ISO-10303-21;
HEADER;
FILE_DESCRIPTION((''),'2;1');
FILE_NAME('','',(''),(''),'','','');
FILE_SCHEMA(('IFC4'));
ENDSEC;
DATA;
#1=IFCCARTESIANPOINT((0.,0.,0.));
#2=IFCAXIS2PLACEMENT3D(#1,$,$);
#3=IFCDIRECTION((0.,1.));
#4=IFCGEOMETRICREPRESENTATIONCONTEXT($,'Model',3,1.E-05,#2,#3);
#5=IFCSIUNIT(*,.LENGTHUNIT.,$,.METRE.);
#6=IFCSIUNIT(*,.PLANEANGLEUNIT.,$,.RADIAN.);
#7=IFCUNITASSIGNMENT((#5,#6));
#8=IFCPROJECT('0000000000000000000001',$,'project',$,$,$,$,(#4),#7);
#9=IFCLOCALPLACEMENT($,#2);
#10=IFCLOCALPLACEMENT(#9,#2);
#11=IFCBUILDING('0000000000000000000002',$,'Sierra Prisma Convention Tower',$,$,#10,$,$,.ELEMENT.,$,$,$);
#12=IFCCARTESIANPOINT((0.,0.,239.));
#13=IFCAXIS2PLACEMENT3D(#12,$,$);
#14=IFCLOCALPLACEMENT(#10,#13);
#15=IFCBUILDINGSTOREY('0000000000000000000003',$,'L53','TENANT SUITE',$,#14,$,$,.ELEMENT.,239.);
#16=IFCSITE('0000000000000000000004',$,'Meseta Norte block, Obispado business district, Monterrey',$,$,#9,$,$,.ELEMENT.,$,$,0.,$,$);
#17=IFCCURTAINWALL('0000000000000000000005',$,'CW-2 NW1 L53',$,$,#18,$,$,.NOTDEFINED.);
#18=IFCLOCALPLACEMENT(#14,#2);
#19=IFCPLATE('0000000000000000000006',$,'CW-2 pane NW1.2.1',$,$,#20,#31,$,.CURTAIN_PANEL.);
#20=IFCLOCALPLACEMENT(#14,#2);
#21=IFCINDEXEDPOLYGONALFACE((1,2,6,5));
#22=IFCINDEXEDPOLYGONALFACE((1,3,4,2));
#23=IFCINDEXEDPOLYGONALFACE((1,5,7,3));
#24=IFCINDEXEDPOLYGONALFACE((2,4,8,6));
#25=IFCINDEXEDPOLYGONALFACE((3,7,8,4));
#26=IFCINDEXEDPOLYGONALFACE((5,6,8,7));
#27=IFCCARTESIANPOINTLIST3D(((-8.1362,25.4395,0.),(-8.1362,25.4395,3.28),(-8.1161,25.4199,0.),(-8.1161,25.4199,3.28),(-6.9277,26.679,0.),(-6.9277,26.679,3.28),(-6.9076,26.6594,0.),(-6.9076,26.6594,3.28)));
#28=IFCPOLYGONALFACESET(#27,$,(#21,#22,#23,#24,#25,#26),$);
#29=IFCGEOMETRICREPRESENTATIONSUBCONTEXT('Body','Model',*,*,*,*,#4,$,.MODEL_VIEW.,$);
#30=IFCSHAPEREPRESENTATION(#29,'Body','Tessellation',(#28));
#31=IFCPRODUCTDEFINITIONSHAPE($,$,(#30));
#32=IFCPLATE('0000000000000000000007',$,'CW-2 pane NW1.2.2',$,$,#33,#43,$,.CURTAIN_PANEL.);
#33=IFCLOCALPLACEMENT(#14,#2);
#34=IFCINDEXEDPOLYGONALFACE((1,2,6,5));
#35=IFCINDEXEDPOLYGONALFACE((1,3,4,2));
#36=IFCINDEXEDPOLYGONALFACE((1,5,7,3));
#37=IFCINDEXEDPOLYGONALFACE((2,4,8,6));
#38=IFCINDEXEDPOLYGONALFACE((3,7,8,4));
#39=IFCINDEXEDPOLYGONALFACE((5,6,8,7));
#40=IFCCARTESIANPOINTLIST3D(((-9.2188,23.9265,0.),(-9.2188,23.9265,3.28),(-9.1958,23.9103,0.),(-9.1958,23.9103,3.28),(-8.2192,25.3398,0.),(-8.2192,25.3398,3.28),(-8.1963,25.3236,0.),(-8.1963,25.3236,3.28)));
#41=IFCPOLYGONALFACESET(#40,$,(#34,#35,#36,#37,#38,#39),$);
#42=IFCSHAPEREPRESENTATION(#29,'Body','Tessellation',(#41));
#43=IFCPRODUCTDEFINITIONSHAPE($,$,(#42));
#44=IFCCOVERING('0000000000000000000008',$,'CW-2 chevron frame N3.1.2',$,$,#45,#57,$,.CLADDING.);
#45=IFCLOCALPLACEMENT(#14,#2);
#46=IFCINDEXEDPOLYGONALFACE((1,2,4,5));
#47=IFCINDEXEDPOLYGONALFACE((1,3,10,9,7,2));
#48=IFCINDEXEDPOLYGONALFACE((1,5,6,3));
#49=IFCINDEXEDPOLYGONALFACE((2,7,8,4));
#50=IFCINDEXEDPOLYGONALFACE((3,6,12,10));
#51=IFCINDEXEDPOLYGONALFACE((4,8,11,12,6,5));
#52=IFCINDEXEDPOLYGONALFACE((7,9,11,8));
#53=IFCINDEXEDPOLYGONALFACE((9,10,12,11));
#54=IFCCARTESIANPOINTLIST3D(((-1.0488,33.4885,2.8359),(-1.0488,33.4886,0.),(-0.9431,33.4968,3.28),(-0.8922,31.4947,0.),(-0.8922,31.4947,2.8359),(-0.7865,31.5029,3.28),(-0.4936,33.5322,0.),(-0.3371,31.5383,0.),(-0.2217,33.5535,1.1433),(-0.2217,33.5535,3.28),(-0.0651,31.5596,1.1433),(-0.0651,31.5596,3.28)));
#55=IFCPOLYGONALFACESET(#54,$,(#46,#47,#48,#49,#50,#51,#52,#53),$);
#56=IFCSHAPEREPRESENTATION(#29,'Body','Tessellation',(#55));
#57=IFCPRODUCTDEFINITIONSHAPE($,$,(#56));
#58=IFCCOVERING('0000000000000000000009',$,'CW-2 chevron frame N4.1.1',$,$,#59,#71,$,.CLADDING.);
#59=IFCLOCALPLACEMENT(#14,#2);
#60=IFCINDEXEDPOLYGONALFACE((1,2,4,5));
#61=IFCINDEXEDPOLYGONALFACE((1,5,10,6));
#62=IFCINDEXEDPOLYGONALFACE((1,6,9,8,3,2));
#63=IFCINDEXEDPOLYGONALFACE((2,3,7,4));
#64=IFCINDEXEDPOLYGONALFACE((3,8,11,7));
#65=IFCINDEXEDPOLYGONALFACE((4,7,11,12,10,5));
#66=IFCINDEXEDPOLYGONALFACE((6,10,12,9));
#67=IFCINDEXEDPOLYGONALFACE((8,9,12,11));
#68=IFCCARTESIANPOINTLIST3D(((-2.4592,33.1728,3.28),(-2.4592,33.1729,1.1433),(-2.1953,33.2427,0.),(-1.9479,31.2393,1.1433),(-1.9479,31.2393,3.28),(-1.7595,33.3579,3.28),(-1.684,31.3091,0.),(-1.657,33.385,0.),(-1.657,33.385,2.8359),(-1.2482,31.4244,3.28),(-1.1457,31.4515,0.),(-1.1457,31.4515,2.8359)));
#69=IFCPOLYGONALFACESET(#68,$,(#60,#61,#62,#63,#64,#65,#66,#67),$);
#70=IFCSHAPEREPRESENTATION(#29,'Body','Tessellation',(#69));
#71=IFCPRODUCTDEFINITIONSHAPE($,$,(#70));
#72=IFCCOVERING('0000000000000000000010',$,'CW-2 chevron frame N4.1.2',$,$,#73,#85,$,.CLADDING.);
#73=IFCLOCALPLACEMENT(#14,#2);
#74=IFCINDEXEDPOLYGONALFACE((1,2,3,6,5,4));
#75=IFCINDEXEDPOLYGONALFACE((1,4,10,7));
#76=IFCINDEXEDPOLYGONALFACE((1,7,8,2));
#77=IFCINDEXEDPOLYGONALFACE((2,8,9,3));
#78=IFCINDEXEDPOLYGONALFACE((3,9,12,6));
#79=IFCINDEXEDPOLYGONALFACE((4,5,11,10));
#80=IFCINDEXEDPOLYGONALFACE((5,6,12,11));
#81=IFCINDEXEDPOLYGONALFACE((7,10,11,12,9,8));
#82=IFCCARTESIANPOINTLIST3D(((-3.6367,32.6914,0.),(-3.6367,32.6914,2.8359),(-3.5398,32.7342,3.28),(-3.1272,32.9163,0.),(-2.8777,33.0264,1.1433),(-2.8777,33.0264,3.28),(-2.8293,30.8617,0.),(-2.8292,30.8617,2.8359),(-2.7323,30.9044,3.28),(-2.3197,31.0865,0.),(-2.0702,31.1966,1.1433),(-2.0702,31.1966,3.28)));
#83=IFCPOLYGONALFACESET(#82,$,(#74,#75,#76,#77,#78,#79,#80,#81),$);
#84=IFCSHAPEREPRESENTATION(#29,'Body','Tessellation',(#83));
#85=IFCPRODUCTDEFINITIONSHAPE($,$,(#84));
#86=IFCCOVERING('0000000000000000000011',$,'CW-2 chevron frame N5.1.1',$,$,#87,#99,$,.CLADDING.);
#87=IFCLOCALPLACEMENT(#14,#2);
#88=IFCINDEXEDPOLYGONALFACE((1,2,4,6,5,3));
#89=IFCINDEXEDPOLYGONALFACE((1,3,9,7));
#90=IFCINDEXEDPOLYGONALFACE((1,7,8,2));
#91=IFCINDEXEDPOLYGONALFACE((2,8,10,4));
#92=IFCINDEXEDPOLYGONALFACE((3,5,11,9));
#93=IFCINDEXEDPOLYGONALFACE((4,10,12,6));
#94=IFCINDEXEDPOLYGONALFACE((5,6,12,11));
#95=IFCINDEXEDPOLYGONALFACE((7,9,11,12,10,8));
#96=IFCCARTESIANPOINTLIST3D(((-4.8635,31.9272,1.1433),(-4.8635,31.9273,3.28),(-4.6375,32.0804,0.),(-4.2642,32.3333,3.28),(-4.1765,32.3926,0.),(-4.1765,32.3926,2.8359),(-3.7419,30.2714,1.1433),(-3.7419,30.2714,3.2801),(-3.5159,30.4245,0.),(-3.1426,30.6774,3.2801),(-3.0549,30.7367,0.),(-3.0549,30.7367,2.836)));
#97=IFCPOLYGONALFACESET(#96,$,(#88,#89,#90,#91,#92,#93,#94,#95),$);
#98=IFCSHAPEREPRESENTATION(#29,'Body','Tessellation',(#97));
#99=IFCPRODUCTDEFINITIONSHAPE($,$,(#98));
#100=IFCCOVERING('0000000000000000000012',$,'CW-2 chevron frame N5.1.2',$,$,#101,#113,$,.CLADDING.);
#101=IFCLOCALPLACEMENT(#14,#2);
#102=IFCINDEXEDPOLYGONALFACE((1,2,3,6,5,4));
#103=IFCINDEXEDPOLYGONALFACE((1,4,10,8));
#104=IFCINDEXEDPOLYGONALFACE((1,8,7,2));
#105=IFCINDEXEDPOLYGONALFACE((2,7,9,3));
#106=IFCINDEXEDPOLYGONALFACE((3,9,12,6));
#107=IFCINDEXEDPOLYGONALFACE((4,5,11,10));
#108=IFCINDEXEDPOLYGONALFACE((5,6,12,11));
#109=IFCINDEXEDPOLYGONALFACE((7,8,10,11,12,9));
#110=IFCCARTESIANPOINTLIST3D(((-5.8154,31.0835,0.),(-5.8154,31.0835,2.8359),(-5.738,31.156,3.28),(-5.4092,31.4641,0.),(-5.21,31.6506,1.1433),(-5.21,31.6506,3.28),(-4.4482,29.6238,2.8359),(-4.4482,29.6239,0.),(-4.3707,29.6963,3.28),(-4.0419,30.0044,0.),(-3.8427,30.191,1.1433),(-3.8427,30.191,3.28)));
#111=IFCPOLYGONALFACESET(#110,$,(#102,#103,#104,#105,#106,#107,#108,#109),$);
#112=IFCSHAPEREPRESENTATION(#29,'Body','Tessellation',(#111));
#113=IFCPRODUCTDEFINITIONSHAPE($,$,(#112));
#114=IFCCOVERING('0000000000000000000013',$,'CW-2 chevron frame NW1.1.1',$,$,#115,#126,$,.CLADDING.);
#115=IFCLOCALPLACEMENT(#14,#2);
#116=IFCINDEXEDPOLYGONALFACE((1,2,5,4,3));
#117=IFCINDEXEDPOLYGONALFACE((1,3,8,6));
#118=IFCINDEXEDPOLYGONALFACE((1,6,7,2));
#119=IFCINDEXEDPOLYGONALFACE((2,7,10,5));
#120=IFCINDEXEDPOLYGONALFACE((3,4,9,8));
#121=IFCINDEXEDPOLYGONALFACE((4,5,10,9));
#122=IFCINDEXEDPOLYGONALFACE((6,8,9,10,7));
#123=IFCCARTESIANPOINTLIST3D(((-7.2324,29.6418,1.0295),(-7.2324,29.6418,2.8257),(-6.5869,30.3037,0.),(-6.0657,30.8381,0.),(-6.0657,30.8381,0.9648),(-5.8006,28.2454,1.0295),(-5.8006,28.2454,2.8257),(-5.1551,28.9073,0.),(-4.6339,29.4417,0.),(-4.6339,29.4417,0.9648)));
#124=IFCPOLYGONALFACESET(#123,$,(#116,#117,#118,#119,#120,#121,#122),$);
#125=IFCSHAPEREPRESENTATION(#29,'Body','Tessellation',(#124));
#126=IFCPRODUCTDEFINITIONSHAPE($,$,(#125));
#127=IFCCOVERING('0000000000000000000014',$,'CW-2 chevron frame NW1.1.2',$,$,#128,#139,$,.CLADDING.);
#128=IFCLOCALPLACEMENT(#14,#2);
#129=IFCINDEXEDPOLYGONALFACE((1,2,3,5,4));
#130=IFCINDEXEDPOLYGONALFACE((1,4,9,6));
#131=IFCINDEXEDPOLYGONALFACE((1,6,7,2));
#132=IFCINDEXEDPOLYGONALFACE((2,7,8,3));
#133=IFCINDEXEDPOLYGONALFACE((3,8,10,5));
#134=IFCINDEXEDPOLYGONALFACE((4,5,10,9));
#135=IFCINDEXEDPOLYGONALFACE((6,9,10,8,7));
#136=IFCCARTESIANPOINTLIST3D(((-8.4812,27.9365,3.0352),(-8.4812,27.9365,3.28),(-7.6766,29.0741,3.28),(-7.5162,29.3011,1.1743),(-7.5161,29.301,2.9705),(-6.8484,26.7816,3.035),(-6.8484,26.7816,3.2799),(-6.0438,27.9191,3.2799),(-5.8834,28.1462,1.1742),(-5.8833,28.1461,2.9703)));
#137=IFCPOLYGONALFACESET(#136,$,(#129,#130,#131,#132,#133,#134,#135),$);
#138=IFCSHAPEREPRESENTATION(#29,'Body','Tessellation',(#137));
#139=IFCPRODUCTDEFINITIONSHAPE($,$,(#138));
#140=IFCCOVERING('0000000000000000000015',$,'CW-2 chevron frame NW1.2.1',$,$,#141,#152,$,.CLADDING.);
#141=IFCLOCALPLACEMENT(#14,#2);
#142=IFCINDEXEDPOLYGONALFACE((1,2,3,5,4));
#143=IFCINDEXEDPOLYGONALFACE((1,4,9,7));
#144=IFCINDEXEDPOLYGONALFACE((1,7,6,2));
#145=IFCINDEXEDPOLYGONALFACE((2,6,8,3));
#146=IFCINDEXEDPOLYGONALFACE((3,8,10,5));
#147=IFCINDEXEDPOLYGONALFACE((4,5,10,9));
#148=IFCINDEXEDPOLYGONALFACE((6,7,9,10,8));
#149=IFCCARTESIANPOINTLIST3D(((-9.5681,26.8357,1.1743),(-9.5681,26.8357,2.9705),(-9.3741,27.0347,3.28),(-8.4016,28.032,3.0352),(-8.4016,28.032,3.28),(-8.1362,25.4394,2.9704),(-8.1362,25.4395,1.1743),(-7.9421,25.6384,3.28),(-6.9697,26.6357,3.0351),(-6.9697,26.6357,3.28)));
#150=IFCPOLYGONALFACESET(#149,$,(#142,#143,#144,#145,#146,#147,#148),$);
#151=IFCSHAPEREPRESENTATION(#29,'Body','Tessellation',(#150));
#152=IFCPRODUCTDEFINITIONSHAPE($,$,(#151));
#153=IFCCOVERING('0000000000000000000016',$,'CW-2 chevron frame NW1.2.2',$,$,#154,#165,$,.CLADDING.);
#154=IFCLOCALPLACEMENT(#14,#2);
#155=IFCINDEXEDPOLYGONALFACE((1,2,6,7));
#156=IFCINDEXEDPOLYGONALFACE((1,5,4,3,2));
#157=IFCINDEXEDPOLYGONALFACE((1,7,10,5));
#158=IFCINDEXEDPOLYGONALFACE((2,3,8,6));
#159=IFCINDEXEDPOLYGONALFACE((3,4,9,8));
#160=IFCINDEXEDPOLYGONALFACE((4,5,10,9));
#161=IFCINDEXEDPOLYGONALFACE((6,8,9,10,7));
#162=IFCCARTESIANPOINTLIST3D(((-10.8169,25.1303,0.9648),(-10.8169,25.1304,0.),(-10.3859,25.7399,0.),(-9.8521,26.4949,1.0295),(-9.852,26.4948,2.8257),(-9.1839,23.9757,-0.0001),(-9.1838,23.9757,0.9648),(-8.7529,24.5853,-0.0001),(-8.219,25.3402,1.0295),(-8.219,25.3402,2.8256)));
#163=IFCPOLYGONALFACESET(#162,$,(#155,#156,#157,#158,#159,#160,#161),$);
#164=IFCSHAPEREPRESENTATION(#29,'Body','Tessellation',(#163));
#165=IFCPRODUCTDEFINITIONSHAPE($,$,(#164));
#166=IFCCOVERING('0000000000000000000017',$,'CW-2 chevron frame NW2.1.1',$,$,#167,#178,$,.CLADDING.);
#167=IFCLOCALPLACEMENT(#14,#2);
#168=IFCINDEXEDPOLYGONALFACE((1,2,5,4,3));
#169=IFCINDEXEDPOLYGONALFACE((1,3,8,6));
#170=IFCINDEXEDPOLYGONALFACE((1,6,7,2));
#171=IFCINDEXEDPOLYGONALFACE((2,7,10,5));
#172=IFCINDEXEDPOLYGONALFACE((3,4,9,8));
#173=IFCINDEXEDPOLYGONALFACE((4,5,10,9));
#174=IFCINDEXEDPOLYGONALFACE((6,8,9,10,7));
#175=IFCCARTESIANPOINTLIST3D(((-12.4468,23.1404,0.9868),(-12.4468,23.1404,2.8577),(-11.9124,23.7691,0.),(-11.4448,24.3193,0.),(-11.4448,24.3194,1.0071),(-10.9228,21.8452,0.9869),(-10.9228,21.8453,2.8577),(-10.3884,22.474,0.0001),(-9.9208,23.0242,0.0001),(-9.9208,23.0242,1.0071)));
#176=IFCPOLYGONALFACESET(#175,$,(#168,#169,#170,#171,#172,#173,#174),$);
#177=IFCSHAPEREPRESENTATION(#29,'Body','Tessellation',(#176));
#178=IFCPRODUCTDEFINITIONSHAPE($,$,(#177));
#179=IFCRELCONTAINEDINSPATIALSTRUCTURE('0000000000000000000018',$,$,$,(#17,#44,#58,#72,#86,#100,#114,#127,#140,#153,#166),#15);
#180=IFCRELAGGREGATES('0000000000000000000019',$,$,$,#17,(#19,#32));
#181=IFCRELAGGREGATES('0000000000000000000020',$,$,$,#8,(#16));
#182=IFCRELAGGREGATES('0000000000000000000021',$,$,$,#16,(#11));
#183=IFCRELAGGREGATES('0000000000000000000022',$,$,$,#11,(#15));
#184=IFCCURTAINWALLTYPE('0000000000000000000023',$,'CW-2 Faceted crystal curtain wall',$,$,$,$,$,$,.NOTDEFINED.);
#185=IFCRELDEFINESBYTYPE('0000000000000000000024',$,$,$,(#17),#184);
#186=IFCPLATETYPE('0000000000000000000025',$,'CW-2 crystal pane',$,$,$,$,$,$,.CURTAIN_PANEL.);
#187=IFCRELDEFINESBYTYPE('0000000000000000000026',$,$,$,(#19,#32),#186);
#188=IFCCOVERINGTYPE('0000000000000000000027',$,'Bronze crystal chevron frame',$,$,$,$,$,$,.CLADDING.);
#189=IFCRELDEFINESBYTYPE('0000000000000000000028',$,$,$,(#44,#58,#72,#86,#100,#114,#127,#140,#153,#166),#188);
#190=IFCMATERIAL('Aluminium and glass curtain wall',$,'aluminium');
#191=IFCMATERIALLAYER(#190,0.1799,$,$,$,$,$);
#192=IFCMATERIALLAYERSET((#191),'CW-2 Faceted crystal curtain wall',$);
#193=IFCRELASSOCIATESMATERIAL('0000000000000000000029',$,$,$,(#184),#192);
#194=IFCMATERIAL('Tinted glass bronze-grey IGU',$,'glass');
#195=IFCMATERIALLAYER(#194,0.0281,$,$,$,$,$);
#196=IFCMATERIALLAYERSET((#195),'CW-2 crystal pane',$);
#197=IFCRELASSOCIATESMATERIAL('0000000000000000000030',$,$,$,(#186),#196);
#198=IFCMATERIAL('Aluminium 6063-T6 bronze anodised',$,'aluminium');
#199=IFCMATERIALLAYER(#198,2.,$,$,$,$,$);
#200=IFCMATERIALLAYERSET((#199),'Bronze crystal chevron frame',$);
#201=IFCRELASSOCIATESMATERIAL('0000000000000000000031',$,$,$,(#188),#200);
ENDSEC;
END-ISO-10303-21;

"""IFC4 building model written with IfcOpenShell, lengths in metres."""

from ifc_helpers import new_model, si_unit, direction, frame, origin, place, context, subcontext, project, spatial, polyline, outline, extrude, material, layer, layer_set, type_object, element, aggregate, save


model = new_model("IFC4")

# Units and contexts
model_context = context("Model", 3, precision=1e-05, world=origin(), true_north=direction((0.0, 1.0)))
body_context = subcontext(model_context, "Body", "Model", "MODEL_VIEW")
ifc_project = project(units=[si_unit("LENGTHUNIT", "METRE"), si_unit("PLANEANGLEUNIT", "RADIAN")], contexts=[model_context])

# Site, building, storey
site_placement = place(None, origin())
site = spatial("IfcSite", under=ifc_project, at=site_placement, Name="Meseta Norte block, Obispado business district, Monterrey", CompositionType="ELEMENT", RefElevation=0.0)
building_placement = place(site_placement, origin())
building = spatial("IfcBuilding", under=site, at=building_placement, Name="Sierra Prisma Convention Tower", CompositionType="ELEMENT")
storey_placement = place(building_placement, frame((0.0, 0.0, 239.0)))
storey = spatial("IfcBuildingStorey", under=building, at=storey_placement, Name="L53", Description="TENANT SUITE", CompositionType="ELEMENT", Elevation=239.0)

# Shared definitions
ifc_material_1 = material(Name="Aluminium and glass curtain wall", Category="aluminium")
ifc_layer_1 = layer(ifc_material_1, 0.1799)
ifc_layer_set_1 = layer_set([ifc_layer_1], Name="CW-2 Faceted crystal curtain wall")
curtain_wall_type = type_object("IfcCurtainWallType", Name="CW-2 Faceted crystal curtain wall", PredefinedType="NOTDEFINED", material=ifc_layer_set_1)

# Curtain wall
curtain_wall_1_placement = place(storey_placement, origin())
curtain_wall_1 = element("IfcCurtainWall", 1, at=curtain_wall_1_placement, inside=storey, type_object=curtain_wall_type, Name="CW-2 NW1 L53", PredefinedType="NOTDEFINED")

# Plates
ifc_material_2 = material(Name="Tinted glass bronze-grey IGU", Category="glass")
ifc_layer_2 = layer(ifc_material_2, 0.0281)
ifc_layer_set_2 = layer_set([ifc_layer_2], Name="CW-2 crystal pane")
plate_type = type_object("IfcPlateType", Name="CW-2 crystal pane", PredefinedType="CURTAIN_PANEL", material=ifc_layer_set_2)
plate_1_placement = place(storey_placement, frame((-6.9277, 26.679, 0.0), z_axis=(-0.716005, 0.698095, 0.0), x_axis=(-0.698095, -0.716005, 0.0)))
plate_1 = element("IfcPlate", 2, at=plate_1_placement, type_object=plate_type, Name="CW-2 pane NW1.2.1", PredefinedType="CURTAIN_PANEL", context=body_context, shape_type="SweptSolid", body=[
    extrude(outline(polyline([(0.0, 0.0), (1.7311, 0.0), (1.7311, 3.28), (0.0, 3.28), (0.0, 0.0)])), origin(), (0.0, 0.0, -1.0), 0.0281),
])
plate_2_placement = place(storey_placement, frame((-9.2188, 23.9265, 0.0), z_axis=(-0.816459, 0.577403, 0.0), x_axis=(0.577403, 0.816459, 0.0)))
plate_2 = element("IfcPlate", 3, at=plate_2_placement, type_object=plate_type, Name="CW-2 pane NW1.2.2", PredefinedType="CURTAIN_PANEL", context=body_context, shape_type="SweptSolid", body=[
    extrude(outline(polyline([(0.0, 0.0), (1.731, 0.0), (1.731, -3.28), (0.0, -3.28), (0.0, 0.0)])), origin(), (0.0, 0.0, -1.0), 0.0281),
])
aggregate(curtain_wall_1, [plate_1, plate_2])

# Coverings
ifc_material_3 = material(Name="Aluminium 6063-T6 bronze anodised", Category="aluminium")
ifc_layer_3 = layer(ifc_material_3, 2.0)
ifc_layer_set_3 = layer_set([ifc_layer_3], Name="Bronze crystal chevron frame")
covering_type = type_object("IfcCoveringType", Name="Bronze crystal chevron frame", PredefinedType="CLADDING", material=ifc_layer_set_3)
covering_1_placement = place(storey_placement, frame((-0.2217, 33.5535, 3.28), z_axis=(-0.078297, 0.99693, 0.000018), x_axis=(-0.000001, 0.000018, -1.0)))
element("IfcCovering", 4, at=covering_1_placement, inside=storey, type_object=covering_type, Name="CW-2 chevron frame N3.1.2", PredefinedType="CLADDING", context=body_context, shape_type="SweptSolid", body=[
    extrude(outline(polyline([(0.0, 0.0), (2.1367, 0.0), (3.28, 0.2728), (3.28, 0.8297), (0.4441, 0.8297), (0.0, 0.7237), (0.0, 0.0)])), origin(), (0.0, 0.0, -1.0), 2.0),
])
covering_2_placement = place(storey_placement, frame((-1.657, 33.385, 0.0), z_axis=(-0.255661, 0.966766, 0.000002), x_axis=(-0.966766, -0.255661, 0.0)))
element("IfcCovering", 5, at=covering_2_placement, inside=storey, type_object=covering_type, Name="CW-2 chevron frame N4.1.1", PredefinedType="CLADDING", context=body_context, shape_type="SweptSolid", body=[
    extrude(outline(polyline([(0.0, 0.0), (0.5568, 0.0), (0.8298, 1.1433), (0.8298, 3.28), (0.1061, 3.28), (0.0, 2.8359), (0.0, 0.0)])), origin(), (0.0, 0.0, -1.0), 2.0),
])
covering_3_placement = place(storey_placement, frame((-2.8777, 33.0264, 3.28), z_axis=(-0.403738, 0.914875, 0.000007), x_axis=(-0.000003, 0.000007, -1.0)))
element("IfcCovering", 6, at=covering_3_placement, inside=storey, type_object=covering_type, Name="CW-2 chevron frame N4.1.2", PredefinedType="CLADDING", context=body_context, shape_type="SweptSolid", body=[
    extrude(outline(polyline([(0.0, 0.0), (2.1367, 0.0), (3.28, 0.2727), (3.28, 0.8297), (0.4441, 0.8297), (0.0, 0.7237), (0.0, 0.0)])), origin(), (0.0, 0.0, -1.0), 2.0),
])
covering_4_placement = place(storey_placement, frame((-4.1765, 32.3926, 0.0), z_axis=(-0.560806, 0.827947, -0.000012), x_axis=(-0.827947, -0.560806, 0.0)))
element("IfcCovering", 7, at=covering_4_placement, inside=storey, type_object=covering_type, Name="CW-2 chevron frame N5.1.1", PredefinedType="CLADDING", context=body_context, shape_type="SweptSolid", body=[
    extrude(outline(polyline([(0.0, 0.0), (0.5567, 0.0), (0.8298, 1.1433), (0.8298, 3.28), (0.1058, 3.28), (0.0, 2.8359), (0.0, 0.0)])), origin(), (0.0, 0.0, -1.0), 2.0),
])
covering_5_placement = place(storey_placement, frame((-5.21, 31.6506, 3.28), z_axis=(-0.683637, 0.729822, 0.000008), x_axis=(-0.000005, 0.000006, -1.0)))
element("IfcCovering", 8, at=covering_5_placement, inside=storey, type_object=covering_type, Name="CW-2 chevron frame N5.1.2", PredefinedType="CLADDING", context=body_context, shape_type="SweptSolid", body=[
    extrude(outline(polyline([(0.0, 0.0), (2.1367, 0.0), (3.28, 0.2729), (3.28, 0.8296), (0.4441, 0.8296), (0.0, 0.7235), (0.0, 0.0)])), origin(), (0.0, 0.0, -1.0), 2.0),
])
covering_6_placement = place(storey_placement, frame((-6.0657, 30.8381, 0.0), z_axis=(-0.715889, 0.698214, 0.000003), x_axis=(-0.698214, -0.715889, 0.0)))
element("IfcCovering", 9, at=covering_6_placement, inside=storey, type_object=covering_type, Name="CW-2 chevron frame NW1.1.1", PredefinedType="CLADDING", context=body_context, shape_type="SweptSolid", body=[
    extrude(outline(polyline([(0.0, 0.0), (0.7465, 0.0), (1.6711, 1.0295), (1.6711, 2.8257), (0.0, 0.9648), (0.0, 0.0)])), origin(), (0.0, 0.0, -1.0), 2.0),
])
covering_7_placement = place(storey_placement, frame((-7.5161, 29.301, 2.9705), z_axis=(-0.816422, 0.577456, 0.000067), x_axis=(-0.000055, 0.000039, -1.0)))
element("IfcCovering", 10, at=covering_7_placement, inside=storey, type_object=covering_type, Name="CW-2 chevron frame NW1.1.2", PredefinedType="CLADDING", context=body_context, shape_type="SweptSolid", body=[
    extrude(outline(polyline([(0.0, 0.0), (1.7961, 0.0), (-0.0647, 1.6713), (-0.3096, 1.6713), (-0.3096, 0.278), (0.0, 0.0)])), origin(), (0.0, 0.0, -1.0), 2.0),
])
covering_8_placement = place(storey_placement, frame((-8.4016, 28.032, 3.28), z_axis=(-0.715966, 0.698135, 0.000022), x_axis=(-0.000016, 0.000015, -1.0)))
element("IfcCovering", 11, at=covering_8_placement, inside=storey, type_object=covering_type, Name="CW-2 chevron frame NW1.2.1", PredefinedType="CLADDING", context=body_context, shape_type="SweptSolid", body=[
    extrude(outline(polyline([(0.0, 0.0), (0.2449, 0.0), (2.1057, 1.6709), (0.3096, 1.6709), (0.0, 1.3929), (0.0, 0.0)])), origin(), (0.0, 0.0, -1.0), 2.0),
])
covering_9_placement = place(storey_placement, frame((-10.8169, 25.1304, 0.0), z_axis=(-0.816512, 0.577329, 0.000039), x_axis=(0.000032, -0.000023, 1.0)))
element("IfcCovering", 12, at=covering_9_placement, inside=storey, type_object=covering_type, Name="CW-2 chevron frame NW1.2.2", PredefinedType="CLADDING", context=body_context, shape_type="SweptSolid", body=[
    extrude(outline(polyline([(0.0, 0.0), (0.9648, 0.0), (2.8257, 1.6712), (1.0295, 1.6712), (0.0, 0.7465), (0.0, 0.0)])), origin(), (0.0, 0.0, -1.0), 2.0),
])
covering_10_placement = place(storey_placement, frame((-11.4448, 24.3193, 0.0), z_axis=(-0.762004, 0.647573, -0.000033), x_axis=(-0.647573, -0.762004, 0.0)))
element("IfcCovering", 13, at=covering_10_placement, inside=storey, type_object=covering_type, Name="CW-2 chevron frame NW2.1.1", PredefinedType="CLADDING", context=body_context, shape_type="SweptSolid", body=[
    extrude(outline(polyline([(0.0, 0.0), (0.7221, 0.0), (1.5472, 0.9868), (1.5472, 2.8577), (0.0, 1.0071), (0.0, 0.0)])), origin(), (0.0, 0.0, -1.0), 2.0),
])

save(model, "model.ifc")
